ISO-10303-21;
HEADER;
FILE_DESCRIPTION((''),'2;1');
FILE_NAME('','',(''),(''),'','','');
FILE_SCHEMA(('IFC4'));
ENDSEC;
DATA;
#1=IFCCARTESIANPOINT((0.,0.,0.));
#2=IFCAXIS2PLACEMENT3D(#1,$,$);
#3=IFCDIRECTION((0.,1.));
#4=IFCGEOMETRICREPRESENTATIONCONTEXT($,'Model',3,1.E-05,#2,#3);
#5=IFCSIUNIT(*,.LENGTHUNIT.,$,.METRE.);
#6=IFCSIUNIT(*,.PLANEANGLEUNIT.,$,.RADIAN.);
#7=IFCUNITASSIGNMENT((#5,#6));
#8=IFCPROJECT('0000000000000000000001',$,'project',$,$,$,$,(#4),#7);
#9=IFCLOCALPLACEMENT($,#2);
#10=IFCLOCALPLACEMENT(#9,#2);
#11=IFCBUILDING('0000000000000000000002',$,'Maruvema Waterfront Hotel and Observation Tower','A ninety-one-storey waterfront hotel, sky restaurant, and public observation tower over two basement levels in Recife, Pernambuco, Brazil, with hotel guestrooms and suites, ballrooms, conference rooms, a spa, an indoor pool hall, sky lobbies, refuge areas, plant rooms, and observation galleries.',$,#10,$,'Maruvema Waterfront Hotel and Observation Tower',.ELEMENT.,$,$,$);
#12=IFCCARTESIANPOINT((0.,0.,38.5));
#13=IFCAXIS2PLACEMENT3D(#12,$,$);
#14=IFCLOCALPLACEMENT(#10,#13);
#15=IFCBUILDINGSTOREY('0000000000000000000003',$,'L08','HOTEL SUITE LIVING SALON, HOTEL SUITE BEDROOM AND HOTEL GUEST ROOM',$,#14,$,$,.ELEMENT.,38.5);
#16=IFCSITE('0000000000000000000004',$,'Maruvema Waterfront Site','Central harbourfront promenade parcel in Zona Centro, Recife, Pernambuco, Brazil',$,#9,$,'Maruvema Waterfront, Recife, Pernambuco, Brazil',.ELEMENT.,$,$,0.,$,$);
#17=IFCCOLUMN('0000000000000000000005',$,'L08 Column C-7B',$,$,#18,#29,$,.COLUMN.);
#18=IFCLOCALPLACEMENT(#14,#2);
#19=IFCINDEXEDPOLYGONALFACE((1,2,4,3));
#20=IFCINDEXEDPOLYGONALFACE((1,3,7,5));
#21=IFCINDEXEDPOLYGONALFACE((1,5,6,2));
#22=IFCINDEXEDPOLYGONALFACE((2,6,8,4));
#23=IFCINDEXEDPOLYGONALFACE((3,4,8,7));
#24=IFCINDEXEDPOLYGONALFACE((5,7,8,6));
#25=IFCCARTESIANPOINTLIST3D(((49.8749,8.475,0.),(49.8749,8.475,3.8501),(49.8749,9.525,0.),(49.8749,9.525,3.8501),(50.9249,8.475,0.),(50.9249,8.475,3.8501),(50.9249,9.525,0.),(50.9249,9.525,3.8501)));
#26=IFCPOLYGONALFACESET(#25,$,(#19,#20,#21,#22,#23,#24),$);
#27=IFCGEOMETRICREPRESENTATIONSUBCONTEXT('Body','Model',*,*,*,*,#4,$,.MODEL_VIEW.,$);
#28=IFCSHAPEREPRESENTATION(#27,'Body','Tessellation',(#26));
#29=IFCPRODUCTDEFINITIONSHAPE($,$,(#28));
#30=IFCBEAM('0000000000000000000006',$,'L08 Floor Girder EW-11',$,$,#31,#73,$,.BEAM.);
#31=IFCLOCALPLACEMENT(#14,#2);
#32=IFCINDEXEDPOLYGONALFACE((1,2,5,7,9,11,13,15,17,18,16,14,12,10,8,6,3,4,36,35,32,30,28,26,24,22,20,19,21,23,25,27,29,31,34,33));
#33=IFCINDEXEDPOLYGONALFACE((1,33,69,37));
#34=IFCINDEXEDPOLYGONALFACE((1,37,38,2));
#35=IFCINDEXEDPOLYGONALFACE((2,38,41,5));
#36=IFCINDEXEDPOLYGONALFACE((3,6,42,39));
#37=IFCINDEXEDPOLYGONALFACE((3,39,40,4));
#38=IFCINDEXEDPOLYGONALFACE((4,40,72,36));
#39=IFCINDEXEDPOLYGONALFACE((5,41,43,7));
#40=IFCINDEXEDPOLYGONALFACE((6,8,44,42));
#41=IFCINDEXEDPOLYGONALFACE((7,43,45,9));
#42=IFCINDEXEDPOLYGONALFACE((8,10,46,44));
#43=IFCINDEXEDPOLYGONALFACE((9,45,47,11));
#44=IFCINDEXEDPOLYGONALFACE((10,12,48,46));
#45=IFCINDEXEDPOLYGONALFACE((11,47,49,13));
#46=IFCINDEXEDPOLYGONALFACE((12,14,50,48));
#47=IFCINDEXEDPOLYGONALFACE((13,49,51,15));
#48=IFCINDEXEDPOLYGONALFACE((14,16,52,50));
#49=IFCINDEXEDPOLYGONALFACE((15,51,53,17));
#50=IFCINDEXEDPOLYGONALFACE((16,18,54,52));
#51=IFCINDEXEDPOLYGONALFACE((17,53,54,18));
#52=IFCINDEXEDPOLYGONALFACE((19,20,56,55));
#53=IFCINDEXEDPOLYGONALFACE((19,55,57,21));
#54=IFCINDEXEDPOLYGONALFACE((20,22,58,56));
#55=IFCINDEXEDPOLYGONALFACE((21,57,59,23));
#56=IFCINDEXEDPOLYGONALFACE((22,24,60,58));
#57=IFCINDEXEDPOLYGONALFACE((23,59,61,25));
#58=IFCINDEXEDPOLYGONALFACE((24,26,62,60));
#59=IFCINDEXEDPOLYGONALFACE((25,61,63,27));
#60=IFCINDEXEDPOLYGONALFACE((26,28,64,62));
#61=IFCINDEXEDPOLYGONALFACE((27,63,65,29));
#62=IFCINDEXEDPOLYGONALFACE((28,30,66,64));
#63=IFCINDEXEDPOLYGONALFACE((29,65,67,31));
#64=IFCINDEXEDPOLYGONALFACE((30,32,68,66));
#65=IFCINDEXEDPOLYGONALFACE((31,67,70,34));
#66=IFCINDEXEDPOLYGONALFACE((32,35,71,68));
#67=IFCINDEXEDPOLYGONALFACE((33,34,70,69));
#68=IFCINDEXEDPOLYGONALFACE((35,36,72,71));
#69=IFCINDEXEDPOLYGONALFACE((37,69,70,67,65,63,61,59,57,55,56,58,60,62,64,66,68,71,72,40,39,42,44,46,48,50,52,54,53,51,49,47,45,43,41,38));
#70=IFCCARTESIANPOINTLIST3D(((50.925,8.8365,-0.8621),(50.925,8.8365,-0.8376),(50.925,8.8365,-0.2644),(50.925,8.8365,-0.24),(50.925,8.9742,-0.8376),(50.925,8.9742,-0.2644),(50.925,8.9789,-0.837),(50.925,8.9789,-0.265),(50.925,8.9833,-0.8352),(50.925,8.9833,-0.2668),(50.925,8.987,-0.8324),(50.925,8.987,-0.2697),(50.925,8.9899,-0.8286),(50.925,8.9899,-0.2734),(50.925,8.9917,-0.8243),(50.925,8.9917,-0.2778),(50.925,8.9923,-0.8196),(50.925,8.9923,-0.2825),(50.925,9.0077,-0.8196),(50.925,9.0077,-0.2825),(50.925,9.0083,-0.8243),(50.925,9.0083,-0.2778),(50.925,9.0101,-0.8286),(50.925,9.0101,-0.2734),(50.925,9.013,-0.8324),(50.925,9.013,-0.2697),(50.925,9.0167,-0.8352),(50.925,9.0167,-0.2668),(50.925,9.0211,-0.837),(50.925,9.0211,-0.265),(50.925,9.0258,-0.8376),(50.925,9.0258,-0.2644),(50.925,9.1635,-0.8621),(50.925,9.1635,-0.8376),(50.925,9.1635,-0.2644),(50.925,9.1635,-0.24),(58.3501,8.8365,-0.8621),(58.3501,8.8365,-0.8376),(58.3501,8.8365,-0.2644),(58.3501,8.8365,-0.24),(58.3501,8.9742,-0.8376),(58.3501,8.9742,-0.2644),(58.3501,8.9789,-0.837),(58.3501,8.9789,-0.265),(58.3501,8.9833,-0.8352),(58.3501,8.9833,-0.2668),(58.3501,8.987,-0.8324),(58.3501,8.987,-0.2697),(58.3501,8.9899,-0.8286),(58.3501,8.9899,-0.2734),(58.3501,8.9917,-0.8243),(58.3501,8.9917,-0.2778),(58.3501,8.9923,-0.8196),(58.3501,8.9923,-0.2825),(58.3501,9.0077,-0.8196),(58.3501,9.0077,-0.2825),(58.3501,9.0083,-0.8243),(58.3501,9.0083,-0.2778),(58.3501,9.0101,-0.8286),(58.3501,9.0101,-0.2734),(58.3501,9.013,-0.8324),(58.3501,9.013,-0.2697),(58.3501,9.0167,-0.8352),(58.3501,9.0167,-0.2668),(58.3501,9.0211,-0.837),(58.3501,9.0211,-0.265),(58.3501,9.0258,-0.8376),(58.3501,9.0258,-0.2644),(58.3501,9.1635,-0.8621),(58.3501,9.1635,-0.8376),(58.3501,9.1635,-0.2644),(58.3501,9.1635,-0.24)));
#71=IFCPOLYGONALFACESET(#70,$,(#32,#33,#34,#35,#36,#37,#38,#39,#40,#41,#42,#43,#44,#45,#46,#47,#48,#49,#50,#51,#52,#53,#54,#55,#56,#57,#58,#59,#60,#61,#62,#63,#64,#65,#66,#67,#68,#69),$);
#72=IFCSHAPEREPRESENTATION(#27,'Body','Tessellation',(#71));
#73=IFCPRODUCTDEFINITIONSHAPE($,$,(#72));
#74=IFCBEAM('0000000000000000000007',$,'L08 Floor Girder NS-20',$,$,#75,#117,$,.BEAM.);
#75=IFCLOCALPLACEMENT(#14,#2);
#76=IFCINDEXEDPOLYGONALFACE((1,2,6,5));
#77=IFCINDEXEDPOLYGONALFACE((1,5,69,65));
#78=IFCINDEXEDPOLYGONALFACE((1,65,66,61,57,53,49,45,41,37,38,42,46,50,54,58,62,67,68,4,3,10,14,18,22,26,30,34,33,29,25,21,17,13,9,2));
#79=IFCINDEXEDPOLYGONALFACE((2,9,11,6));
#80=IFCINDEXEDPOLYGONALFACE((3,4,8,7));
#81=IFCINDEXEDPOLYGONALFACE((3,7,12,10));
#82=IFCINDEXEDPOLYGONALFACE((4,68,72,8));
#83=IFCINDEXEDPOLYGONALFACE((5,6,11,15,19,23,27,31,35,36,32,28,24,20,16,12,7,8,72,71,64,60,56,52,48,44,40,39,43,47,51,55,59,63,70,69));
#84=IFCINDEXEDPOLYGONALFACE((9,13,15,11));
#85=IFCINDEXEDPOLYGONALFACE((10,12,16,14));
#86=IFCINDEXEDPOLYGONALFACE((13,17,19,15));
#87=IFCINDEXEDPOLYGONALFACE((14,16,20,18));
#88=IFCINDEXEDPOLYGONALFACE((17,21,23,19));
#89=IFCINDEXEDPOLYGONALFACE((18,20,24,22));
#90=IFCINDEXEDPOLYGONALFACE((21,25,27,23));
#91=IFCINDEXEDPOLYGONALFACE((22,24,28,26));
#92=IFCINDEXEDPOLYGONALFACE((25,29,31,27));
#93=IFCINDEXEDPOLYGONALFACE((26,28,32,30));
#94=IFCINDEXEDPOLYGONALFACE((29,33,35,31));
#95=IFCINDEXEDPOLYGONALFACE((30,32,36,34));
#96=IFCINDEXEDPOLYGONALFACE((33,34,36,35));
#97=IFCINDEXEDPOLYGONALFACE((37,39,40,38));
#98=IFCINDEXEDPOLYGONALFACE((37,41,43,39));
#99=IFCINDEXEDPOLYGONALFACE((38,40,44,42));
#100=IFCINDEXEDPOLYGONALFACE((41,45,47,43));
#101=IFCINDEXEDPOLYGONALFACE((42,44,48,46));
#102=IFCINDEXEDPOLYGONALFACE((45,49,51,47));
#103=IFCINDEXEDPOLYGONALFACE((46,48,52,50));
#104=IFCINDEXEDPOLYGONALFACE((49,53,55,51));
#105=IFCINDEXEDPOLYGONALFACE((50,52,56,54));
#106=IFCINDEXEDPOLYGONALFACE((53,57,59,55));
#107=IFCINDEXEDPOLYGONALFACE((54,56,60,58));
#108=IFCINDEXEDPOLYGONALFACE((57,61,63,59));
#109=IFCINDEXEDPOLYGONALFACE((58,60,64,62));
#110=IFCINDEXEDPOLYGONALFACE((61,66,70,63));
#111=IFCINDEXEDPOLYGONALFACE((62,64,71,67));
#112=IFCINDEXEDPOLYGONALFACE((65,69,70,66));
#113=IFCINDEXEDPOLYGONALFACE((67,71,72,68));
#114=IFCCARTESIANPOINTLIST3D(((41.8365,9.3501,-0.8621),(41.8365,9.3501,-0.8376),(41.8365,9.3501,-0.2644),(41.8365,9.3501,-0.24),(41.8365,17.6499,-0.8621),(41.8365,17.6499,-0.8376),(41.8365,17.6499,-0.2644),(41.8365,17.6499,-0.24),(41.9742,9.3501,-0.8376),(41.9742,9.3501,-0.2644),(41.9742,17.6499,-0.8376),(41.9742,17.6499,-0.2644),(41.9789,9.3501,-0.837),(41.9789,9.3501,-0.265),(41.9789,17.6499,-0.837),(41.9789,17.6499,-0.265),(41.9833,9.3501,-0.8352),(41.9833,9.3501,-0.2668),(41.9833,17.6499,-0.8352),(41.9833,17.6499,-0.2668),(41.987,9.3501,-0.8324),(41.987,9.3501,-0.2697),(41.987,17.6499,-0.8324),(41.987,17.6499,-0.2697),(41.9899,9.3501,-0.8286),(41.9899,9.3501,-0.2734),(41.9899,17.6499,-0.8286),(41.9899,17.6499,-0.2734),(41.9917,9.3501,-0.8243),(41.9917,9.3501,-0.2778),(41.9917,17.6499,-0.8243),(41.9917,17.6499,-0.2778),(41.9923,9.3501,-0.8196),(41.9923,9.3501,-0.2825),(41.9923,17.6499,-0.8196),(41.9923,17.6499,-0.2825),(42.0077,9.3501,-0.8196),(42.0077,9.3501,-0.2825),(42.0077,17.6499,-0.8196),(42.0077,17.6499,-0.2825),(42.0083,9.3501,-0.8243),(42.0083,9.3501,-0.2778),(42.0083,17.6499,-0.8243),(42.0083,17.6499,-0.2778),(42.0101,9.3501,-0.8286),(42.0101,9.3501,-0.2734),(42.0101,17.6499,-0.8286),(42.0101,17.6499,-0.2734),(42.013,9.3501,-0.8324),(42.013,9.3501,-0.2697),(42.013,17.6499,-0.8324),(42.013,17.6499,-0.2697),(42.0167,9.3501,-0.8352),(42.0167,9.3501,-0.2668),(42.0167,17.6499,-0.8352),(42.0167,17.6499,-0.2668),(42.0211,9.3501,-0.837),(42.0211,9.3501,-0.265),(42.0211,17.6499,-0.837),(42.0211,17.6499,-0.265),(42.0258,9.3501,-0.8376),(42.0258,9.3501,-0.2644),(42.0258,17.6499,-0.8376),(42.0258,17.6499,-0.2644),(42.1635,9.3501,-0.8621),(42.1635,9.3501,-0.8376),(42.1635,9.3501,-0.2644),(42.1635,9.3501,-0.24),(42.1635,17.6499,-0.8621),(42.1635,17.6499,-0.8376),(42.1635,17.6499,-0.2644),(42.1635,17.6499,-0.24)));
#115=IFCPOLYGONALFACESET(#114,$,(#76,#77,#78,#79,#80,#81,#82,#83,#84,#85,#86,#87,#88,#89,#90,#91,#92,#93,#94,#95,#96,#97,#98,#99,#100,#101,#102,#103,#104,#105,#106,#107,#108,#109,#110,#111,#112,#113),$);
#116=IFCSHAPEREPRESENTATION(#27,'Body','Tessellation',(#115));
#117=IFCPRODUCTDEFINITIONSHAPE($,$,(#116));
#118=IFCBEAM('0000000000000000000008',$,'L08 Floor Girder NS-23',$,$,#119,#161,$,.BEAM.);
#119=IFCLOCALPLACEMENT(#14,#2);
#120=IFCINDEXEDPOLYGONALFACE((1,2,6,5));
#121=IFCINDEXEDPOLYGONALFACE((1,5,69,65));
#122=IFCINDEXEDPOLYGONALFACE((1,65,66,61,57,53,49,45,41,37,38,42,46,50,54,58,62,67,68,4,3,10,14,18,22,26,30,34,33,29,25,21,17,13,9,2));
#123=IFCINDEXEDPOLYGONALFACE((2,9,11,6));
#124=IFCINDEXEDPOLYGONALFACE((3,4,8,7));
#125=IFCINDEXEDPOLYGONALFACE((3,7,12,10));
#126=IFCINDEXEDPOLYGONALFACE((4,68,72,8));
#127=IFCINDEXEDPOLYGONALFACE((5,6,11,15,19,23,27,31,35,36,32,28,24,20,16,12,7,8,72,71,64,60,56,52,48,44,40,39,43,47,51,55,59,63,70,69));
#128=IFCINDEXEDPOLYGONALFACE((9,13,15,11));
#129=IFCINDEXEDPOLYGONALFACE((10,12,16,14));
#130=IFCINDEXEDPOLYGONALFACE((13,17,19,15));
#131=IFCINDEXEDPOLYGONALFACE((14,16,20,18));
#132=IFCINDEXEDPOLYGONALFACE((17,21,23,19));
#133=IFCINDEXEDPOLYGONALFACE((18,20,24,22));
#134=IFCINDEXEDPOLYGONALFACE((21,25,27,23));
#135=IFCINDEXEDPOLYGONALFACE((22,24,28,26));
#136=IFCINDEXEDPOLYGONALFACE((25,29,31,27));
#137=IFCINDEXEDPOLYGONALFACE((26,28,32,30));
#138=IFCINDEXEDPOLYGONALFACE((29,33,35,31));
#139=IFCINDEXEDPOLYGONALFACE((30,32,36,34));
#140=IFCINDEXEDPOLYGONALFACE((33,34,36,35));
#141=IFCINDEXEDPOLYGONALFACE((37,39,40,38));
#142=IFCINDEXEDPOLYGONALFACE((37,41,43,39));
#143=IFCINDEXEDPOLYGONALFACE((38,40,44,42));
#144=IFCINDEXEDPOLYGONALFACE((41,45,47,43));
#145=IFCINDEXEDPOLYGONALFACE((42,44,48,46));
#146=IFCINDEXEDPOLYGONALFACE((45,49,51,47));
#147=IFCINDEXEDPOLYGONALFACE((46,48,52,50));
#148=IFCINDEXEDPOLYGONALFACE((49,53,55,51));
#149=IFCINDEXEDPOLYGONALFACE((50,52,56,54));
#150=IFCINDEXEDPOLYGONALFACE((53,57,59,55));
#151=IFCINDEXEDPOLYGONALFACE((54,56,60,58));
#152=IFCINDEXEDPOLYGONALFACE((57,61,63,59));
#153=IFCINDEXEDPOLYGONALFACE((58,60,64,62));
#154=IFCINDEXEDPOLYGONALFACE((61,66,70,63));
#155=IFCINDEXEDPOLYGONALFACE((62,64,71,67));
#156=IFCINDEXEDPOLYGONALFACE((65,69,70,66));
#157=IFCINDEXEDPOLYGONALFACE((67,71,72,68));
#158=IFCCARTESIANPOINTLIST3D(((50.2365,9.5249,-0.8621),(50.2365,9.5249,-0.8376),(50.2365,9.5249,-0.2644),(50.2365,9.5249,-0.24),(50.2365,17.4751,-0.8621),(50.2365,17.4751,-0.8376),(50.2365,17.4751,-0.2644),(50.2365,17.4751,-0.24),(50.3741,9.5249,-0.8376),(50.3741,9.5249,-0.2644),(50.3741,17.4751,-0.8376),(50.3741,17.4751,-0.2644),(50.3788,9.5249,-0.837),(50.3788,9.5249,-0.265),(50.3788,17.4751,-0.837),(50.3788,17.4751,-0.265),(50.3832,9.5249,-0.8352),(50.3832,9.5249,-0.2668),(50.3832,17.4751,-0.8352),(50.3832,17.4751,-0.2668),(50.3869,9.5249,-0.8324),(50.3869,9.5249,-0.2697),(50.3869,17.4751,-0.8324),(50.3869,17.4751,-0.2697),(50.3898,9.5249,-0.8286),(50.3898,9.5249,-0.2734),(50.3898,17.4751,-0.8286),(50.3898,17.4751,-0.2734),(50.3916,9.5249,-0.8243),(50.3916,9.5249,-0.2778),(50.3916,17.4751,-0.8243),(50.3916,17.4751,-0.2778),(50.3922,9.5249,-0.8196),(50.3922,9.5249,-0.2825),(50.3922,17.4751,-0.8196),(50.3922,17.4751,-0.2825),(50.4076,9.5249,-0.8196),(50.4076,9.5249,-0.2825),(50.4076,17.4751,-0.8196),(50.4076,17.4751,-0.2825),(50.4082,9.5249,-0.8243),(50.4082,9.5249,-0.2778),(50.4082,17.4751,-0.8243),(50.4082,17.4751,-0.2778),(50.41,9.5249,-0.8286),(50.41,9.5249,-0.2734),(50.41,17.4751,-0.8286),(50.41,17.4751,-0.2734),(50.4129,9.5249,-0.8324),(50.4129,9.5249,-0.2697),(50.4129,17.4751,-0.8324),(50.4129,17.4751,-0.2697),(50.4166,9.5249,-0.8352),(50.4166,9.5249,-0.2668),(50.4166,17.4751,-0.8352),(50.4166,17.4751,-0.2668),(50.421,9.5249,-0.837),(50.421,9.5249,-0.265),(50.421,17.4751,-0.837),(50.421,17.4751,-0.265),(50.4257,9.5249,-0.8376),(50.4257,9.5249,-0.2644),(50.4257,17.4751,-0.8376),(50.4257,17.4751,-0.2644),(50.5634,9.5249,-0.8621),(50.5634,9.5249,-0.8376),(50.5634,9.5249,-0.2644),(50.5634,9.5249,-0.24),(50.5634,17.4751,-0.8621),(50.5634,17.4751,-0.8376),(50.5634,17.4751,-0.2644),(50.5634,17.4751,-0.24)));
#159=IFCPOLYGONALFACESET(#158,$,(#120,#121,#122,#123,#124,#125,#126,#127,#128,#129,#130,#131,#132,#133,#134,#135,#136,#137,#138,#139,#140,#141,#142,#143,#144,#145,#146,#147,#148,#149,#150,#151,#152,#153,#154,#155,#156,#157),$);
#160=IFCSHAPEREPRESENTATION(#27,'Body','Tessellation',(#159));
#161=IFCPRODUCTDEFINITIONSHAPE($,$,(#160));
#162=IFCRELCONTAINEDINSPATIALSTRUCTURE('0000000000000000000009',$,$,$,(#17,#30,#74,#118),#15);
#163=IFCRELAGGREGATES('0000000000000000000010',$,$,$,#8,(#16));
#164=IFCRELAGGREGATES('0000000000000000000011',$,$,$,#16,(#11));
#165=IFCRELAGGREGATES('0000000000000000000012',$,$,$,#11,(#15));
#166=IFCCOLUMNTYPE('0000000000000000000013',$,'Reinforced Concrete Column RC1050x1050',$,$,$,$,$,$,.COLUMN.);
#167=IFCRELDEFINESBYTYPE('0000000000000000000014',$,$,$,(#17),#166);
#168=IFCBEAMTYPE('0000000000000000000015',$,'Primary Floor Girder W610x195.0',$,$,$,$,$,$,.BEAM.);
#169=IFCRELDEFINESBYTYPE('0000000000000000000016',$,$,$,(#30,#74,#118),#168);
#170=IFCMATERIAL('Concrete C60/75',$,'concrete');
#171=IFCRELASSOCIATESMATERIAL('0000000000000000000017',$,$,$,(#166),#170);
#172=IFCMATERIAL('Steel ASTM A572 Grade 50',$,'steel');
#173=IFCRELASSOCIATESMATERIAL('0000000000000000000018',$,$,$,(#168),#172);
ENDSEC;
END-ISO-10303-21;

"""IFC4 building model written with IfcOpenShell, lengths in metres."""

from ifc_helpers import new_model, si_unit, direction, frame, origin, origin_2d, place, context, subcontext, project, spatial, rectangle, i_section, extrude, material, material_profile, profile_set, type_object, element, save


model = new_model("IFC4")

# Units and contexts
model_context = context("Model", 3, precision=1e-05, world=origin(), true_north=direction((0.0, 1.0)))
body_context = subcontext(model_context, "Body", "Model", "MODEL_VIEW")
ifc_project = project(units=[si_unit("LENGTHUNIT", "METRE"), si_unit("PLANEANGLEUNIT", "RADIAN")], contexts=[model_context])

# Site, building, storey
site_placement = place(None, origin())
site = spatial("IfcSite", under=ifc_project, at=site_placement, Name="Maruvema Waterfront Site", Description="Central harbourfront promenade parcel in Zona Centro, Recife, Pernambuco, Brazil", LongName="Maruvema Waterfront, Recife, Pernambuco, Brazil", CompositionType="ELEMENT", RefElevation=0.0)
building_placement = place(site_placement, origin())
building = spatial("IfcBuilding", under=site, at=building_placement, Name="Maruvema Waterfront Hotel and Observation Tower", Description="A ninety-one-storey waterfront hotel, sky restaurant, and public observation tower over two basement levels in Recife, Pernambuco, Brazil, with hotel guestrooms and suites, ballrooms, conference rooms, a spa, an indoor pool hall, sky lobbies, refuge areas, plant rooms, and observation galleries.", LongName="Maruvema Waterfront Hotel and Observation Tower", CompositionType="ELEMENT")
storey_placement = place(building_placement, frame((0.0, 0.0, 38.5)))
storey = spatial("IfcBuildingStorey", under=building, at=storey_placement, Name="L08", Description="HOTEL SUITE LIVING SALON, HOTEL SUITE BEDROOM AND HOTEL GUEST ROOM", CompositionType="ELEMENT", Elevation=38.5)

# Column
ifc_material_1 = material(Name="Concrete C60/75", Category="concrete")
ifc_material_profile_1 = material_profile(ifc_material_1, rectangle(XDim=1.05, YDim=1.05, at=origin_2d()), Name="RC1050x1050")
ifc_profile_set_1 = profile_set([ifc_material_profile_1], Name="Concrete C60/75")
column_type = type_object("IfcColumnType", Name="Reinforced Concrete Column RC1050x1050", PredefinedType="COLUMN", material=ifc_profile_set_1)
column_placement = place(storey_placement, frame((50.3999, 9.0, 0.0), z_axis=(0.0, 0.0, 1.0), x_axis=(1.0, 0.0, 0.0)))
element("IfcColumn", 1, at=column_placement, inside=storey, type_object=column_type, Name="L08 Column C-7B", PredefinedType="COLUMN", context=body_context, shape_type="SweptSolid", body=[
    extrude(rectangle(XDim=1.05, YDim=1.05, at=origin_2d()), origin(), (0.0, 0.0, 1.0), 3.8501),
])

# Beams
ifc_material_2 = material(Name="Steel ASTM A572 Grade 50", Category="steel")
ifc_material_profile_2 = material_profile(ifc_material_2, i_section(OverallWidth=0.3269, OverallDepth=0.6221, WebThickness=0.0154, FlangeThickness=0.0244, FilletRadius=0.0181, at=origin_2d()), Name="W610x195.0")
ifc_profile_set_2 = profile_set([ifc_material_profile_2], Name="Steel ASTM A572 Grade 50")
beam_type_1 = type_object("IfcBeamType", Name="Primary Floor Girder W610x195.0", PredefinedType="BEAM", material=ifc_profile_set_2)
beam_1_placement = place(storey_placement, frame((50.925, 9.0, -0.551), z_axis=(1.0, 0.0, 0.0), x_axis=(0.0, 1.0, 0.0)))
element("IfcBeam", 2, at=beam_1_placement, inside=storey, type_object=beam_type_1, Name="L08 Floor Girder EW-11", PredefinedType="BEAM", context=body_context, shape_type="SweptSolid", body=[
    extrude(i_section(OverallWidth=0.3269, OverallDepth=0.6221, WebThickness=0.0154, FlangeThickness=0.0244, FilletRadius=0.0181, at=origin_2d()), origin(), (0.0, 0.0, 1.0), 7.425),
])
beam_2_placement = place(storey_placement, frame((42.0, 9.3501, -0.551), z_axis=(0.0, 1.0, 0.0), x_axis=(-1.0, 0.0, 0.0)))
element("IfcBeam", 3, at=beam_2_placement, inside=storey, type_object=beam_type_1, Name="L08 Floor Girder NS-20", PredefinedType="BEAM", context=body_context, shape_type="SweptSolid", body=[
    extrude(i_section(OverallWidth=0.3269, OverallDepth=0.6221, WebThickness=0.0154, FlangeThickness=0.0244, FilletRadius=0.0181, at=origin_2d()), origin(), (0.0, 0.0, 1.0), 8.2998),
])
beam_3_placement = place(storey_placement, frame((50.3999, 9.5249, -0.551), z_axis=(0.0, 1.0, 0.0), x_axis=(-1.0, 0.0, 0.0)))
element("IfcBeam", 4, at=beam_3_placement, inside=storey, type_object=beam_type_1, Name="L08 Floor Girder NS-23", PredefinedType="BEAM", context=body_context, shape_type="SweptSolid", body=[
    extrude(i_section(OverallWidth=0.3269, OverallDepth=0.6221, WebThickness=0.0154, FlangeThickness=0.0244, FilletRadius=0.0181, at=origin_2d()), origin(), (0.0, 0.0, 1.0), 7.9502),
])

save(model, "model.ifc")
